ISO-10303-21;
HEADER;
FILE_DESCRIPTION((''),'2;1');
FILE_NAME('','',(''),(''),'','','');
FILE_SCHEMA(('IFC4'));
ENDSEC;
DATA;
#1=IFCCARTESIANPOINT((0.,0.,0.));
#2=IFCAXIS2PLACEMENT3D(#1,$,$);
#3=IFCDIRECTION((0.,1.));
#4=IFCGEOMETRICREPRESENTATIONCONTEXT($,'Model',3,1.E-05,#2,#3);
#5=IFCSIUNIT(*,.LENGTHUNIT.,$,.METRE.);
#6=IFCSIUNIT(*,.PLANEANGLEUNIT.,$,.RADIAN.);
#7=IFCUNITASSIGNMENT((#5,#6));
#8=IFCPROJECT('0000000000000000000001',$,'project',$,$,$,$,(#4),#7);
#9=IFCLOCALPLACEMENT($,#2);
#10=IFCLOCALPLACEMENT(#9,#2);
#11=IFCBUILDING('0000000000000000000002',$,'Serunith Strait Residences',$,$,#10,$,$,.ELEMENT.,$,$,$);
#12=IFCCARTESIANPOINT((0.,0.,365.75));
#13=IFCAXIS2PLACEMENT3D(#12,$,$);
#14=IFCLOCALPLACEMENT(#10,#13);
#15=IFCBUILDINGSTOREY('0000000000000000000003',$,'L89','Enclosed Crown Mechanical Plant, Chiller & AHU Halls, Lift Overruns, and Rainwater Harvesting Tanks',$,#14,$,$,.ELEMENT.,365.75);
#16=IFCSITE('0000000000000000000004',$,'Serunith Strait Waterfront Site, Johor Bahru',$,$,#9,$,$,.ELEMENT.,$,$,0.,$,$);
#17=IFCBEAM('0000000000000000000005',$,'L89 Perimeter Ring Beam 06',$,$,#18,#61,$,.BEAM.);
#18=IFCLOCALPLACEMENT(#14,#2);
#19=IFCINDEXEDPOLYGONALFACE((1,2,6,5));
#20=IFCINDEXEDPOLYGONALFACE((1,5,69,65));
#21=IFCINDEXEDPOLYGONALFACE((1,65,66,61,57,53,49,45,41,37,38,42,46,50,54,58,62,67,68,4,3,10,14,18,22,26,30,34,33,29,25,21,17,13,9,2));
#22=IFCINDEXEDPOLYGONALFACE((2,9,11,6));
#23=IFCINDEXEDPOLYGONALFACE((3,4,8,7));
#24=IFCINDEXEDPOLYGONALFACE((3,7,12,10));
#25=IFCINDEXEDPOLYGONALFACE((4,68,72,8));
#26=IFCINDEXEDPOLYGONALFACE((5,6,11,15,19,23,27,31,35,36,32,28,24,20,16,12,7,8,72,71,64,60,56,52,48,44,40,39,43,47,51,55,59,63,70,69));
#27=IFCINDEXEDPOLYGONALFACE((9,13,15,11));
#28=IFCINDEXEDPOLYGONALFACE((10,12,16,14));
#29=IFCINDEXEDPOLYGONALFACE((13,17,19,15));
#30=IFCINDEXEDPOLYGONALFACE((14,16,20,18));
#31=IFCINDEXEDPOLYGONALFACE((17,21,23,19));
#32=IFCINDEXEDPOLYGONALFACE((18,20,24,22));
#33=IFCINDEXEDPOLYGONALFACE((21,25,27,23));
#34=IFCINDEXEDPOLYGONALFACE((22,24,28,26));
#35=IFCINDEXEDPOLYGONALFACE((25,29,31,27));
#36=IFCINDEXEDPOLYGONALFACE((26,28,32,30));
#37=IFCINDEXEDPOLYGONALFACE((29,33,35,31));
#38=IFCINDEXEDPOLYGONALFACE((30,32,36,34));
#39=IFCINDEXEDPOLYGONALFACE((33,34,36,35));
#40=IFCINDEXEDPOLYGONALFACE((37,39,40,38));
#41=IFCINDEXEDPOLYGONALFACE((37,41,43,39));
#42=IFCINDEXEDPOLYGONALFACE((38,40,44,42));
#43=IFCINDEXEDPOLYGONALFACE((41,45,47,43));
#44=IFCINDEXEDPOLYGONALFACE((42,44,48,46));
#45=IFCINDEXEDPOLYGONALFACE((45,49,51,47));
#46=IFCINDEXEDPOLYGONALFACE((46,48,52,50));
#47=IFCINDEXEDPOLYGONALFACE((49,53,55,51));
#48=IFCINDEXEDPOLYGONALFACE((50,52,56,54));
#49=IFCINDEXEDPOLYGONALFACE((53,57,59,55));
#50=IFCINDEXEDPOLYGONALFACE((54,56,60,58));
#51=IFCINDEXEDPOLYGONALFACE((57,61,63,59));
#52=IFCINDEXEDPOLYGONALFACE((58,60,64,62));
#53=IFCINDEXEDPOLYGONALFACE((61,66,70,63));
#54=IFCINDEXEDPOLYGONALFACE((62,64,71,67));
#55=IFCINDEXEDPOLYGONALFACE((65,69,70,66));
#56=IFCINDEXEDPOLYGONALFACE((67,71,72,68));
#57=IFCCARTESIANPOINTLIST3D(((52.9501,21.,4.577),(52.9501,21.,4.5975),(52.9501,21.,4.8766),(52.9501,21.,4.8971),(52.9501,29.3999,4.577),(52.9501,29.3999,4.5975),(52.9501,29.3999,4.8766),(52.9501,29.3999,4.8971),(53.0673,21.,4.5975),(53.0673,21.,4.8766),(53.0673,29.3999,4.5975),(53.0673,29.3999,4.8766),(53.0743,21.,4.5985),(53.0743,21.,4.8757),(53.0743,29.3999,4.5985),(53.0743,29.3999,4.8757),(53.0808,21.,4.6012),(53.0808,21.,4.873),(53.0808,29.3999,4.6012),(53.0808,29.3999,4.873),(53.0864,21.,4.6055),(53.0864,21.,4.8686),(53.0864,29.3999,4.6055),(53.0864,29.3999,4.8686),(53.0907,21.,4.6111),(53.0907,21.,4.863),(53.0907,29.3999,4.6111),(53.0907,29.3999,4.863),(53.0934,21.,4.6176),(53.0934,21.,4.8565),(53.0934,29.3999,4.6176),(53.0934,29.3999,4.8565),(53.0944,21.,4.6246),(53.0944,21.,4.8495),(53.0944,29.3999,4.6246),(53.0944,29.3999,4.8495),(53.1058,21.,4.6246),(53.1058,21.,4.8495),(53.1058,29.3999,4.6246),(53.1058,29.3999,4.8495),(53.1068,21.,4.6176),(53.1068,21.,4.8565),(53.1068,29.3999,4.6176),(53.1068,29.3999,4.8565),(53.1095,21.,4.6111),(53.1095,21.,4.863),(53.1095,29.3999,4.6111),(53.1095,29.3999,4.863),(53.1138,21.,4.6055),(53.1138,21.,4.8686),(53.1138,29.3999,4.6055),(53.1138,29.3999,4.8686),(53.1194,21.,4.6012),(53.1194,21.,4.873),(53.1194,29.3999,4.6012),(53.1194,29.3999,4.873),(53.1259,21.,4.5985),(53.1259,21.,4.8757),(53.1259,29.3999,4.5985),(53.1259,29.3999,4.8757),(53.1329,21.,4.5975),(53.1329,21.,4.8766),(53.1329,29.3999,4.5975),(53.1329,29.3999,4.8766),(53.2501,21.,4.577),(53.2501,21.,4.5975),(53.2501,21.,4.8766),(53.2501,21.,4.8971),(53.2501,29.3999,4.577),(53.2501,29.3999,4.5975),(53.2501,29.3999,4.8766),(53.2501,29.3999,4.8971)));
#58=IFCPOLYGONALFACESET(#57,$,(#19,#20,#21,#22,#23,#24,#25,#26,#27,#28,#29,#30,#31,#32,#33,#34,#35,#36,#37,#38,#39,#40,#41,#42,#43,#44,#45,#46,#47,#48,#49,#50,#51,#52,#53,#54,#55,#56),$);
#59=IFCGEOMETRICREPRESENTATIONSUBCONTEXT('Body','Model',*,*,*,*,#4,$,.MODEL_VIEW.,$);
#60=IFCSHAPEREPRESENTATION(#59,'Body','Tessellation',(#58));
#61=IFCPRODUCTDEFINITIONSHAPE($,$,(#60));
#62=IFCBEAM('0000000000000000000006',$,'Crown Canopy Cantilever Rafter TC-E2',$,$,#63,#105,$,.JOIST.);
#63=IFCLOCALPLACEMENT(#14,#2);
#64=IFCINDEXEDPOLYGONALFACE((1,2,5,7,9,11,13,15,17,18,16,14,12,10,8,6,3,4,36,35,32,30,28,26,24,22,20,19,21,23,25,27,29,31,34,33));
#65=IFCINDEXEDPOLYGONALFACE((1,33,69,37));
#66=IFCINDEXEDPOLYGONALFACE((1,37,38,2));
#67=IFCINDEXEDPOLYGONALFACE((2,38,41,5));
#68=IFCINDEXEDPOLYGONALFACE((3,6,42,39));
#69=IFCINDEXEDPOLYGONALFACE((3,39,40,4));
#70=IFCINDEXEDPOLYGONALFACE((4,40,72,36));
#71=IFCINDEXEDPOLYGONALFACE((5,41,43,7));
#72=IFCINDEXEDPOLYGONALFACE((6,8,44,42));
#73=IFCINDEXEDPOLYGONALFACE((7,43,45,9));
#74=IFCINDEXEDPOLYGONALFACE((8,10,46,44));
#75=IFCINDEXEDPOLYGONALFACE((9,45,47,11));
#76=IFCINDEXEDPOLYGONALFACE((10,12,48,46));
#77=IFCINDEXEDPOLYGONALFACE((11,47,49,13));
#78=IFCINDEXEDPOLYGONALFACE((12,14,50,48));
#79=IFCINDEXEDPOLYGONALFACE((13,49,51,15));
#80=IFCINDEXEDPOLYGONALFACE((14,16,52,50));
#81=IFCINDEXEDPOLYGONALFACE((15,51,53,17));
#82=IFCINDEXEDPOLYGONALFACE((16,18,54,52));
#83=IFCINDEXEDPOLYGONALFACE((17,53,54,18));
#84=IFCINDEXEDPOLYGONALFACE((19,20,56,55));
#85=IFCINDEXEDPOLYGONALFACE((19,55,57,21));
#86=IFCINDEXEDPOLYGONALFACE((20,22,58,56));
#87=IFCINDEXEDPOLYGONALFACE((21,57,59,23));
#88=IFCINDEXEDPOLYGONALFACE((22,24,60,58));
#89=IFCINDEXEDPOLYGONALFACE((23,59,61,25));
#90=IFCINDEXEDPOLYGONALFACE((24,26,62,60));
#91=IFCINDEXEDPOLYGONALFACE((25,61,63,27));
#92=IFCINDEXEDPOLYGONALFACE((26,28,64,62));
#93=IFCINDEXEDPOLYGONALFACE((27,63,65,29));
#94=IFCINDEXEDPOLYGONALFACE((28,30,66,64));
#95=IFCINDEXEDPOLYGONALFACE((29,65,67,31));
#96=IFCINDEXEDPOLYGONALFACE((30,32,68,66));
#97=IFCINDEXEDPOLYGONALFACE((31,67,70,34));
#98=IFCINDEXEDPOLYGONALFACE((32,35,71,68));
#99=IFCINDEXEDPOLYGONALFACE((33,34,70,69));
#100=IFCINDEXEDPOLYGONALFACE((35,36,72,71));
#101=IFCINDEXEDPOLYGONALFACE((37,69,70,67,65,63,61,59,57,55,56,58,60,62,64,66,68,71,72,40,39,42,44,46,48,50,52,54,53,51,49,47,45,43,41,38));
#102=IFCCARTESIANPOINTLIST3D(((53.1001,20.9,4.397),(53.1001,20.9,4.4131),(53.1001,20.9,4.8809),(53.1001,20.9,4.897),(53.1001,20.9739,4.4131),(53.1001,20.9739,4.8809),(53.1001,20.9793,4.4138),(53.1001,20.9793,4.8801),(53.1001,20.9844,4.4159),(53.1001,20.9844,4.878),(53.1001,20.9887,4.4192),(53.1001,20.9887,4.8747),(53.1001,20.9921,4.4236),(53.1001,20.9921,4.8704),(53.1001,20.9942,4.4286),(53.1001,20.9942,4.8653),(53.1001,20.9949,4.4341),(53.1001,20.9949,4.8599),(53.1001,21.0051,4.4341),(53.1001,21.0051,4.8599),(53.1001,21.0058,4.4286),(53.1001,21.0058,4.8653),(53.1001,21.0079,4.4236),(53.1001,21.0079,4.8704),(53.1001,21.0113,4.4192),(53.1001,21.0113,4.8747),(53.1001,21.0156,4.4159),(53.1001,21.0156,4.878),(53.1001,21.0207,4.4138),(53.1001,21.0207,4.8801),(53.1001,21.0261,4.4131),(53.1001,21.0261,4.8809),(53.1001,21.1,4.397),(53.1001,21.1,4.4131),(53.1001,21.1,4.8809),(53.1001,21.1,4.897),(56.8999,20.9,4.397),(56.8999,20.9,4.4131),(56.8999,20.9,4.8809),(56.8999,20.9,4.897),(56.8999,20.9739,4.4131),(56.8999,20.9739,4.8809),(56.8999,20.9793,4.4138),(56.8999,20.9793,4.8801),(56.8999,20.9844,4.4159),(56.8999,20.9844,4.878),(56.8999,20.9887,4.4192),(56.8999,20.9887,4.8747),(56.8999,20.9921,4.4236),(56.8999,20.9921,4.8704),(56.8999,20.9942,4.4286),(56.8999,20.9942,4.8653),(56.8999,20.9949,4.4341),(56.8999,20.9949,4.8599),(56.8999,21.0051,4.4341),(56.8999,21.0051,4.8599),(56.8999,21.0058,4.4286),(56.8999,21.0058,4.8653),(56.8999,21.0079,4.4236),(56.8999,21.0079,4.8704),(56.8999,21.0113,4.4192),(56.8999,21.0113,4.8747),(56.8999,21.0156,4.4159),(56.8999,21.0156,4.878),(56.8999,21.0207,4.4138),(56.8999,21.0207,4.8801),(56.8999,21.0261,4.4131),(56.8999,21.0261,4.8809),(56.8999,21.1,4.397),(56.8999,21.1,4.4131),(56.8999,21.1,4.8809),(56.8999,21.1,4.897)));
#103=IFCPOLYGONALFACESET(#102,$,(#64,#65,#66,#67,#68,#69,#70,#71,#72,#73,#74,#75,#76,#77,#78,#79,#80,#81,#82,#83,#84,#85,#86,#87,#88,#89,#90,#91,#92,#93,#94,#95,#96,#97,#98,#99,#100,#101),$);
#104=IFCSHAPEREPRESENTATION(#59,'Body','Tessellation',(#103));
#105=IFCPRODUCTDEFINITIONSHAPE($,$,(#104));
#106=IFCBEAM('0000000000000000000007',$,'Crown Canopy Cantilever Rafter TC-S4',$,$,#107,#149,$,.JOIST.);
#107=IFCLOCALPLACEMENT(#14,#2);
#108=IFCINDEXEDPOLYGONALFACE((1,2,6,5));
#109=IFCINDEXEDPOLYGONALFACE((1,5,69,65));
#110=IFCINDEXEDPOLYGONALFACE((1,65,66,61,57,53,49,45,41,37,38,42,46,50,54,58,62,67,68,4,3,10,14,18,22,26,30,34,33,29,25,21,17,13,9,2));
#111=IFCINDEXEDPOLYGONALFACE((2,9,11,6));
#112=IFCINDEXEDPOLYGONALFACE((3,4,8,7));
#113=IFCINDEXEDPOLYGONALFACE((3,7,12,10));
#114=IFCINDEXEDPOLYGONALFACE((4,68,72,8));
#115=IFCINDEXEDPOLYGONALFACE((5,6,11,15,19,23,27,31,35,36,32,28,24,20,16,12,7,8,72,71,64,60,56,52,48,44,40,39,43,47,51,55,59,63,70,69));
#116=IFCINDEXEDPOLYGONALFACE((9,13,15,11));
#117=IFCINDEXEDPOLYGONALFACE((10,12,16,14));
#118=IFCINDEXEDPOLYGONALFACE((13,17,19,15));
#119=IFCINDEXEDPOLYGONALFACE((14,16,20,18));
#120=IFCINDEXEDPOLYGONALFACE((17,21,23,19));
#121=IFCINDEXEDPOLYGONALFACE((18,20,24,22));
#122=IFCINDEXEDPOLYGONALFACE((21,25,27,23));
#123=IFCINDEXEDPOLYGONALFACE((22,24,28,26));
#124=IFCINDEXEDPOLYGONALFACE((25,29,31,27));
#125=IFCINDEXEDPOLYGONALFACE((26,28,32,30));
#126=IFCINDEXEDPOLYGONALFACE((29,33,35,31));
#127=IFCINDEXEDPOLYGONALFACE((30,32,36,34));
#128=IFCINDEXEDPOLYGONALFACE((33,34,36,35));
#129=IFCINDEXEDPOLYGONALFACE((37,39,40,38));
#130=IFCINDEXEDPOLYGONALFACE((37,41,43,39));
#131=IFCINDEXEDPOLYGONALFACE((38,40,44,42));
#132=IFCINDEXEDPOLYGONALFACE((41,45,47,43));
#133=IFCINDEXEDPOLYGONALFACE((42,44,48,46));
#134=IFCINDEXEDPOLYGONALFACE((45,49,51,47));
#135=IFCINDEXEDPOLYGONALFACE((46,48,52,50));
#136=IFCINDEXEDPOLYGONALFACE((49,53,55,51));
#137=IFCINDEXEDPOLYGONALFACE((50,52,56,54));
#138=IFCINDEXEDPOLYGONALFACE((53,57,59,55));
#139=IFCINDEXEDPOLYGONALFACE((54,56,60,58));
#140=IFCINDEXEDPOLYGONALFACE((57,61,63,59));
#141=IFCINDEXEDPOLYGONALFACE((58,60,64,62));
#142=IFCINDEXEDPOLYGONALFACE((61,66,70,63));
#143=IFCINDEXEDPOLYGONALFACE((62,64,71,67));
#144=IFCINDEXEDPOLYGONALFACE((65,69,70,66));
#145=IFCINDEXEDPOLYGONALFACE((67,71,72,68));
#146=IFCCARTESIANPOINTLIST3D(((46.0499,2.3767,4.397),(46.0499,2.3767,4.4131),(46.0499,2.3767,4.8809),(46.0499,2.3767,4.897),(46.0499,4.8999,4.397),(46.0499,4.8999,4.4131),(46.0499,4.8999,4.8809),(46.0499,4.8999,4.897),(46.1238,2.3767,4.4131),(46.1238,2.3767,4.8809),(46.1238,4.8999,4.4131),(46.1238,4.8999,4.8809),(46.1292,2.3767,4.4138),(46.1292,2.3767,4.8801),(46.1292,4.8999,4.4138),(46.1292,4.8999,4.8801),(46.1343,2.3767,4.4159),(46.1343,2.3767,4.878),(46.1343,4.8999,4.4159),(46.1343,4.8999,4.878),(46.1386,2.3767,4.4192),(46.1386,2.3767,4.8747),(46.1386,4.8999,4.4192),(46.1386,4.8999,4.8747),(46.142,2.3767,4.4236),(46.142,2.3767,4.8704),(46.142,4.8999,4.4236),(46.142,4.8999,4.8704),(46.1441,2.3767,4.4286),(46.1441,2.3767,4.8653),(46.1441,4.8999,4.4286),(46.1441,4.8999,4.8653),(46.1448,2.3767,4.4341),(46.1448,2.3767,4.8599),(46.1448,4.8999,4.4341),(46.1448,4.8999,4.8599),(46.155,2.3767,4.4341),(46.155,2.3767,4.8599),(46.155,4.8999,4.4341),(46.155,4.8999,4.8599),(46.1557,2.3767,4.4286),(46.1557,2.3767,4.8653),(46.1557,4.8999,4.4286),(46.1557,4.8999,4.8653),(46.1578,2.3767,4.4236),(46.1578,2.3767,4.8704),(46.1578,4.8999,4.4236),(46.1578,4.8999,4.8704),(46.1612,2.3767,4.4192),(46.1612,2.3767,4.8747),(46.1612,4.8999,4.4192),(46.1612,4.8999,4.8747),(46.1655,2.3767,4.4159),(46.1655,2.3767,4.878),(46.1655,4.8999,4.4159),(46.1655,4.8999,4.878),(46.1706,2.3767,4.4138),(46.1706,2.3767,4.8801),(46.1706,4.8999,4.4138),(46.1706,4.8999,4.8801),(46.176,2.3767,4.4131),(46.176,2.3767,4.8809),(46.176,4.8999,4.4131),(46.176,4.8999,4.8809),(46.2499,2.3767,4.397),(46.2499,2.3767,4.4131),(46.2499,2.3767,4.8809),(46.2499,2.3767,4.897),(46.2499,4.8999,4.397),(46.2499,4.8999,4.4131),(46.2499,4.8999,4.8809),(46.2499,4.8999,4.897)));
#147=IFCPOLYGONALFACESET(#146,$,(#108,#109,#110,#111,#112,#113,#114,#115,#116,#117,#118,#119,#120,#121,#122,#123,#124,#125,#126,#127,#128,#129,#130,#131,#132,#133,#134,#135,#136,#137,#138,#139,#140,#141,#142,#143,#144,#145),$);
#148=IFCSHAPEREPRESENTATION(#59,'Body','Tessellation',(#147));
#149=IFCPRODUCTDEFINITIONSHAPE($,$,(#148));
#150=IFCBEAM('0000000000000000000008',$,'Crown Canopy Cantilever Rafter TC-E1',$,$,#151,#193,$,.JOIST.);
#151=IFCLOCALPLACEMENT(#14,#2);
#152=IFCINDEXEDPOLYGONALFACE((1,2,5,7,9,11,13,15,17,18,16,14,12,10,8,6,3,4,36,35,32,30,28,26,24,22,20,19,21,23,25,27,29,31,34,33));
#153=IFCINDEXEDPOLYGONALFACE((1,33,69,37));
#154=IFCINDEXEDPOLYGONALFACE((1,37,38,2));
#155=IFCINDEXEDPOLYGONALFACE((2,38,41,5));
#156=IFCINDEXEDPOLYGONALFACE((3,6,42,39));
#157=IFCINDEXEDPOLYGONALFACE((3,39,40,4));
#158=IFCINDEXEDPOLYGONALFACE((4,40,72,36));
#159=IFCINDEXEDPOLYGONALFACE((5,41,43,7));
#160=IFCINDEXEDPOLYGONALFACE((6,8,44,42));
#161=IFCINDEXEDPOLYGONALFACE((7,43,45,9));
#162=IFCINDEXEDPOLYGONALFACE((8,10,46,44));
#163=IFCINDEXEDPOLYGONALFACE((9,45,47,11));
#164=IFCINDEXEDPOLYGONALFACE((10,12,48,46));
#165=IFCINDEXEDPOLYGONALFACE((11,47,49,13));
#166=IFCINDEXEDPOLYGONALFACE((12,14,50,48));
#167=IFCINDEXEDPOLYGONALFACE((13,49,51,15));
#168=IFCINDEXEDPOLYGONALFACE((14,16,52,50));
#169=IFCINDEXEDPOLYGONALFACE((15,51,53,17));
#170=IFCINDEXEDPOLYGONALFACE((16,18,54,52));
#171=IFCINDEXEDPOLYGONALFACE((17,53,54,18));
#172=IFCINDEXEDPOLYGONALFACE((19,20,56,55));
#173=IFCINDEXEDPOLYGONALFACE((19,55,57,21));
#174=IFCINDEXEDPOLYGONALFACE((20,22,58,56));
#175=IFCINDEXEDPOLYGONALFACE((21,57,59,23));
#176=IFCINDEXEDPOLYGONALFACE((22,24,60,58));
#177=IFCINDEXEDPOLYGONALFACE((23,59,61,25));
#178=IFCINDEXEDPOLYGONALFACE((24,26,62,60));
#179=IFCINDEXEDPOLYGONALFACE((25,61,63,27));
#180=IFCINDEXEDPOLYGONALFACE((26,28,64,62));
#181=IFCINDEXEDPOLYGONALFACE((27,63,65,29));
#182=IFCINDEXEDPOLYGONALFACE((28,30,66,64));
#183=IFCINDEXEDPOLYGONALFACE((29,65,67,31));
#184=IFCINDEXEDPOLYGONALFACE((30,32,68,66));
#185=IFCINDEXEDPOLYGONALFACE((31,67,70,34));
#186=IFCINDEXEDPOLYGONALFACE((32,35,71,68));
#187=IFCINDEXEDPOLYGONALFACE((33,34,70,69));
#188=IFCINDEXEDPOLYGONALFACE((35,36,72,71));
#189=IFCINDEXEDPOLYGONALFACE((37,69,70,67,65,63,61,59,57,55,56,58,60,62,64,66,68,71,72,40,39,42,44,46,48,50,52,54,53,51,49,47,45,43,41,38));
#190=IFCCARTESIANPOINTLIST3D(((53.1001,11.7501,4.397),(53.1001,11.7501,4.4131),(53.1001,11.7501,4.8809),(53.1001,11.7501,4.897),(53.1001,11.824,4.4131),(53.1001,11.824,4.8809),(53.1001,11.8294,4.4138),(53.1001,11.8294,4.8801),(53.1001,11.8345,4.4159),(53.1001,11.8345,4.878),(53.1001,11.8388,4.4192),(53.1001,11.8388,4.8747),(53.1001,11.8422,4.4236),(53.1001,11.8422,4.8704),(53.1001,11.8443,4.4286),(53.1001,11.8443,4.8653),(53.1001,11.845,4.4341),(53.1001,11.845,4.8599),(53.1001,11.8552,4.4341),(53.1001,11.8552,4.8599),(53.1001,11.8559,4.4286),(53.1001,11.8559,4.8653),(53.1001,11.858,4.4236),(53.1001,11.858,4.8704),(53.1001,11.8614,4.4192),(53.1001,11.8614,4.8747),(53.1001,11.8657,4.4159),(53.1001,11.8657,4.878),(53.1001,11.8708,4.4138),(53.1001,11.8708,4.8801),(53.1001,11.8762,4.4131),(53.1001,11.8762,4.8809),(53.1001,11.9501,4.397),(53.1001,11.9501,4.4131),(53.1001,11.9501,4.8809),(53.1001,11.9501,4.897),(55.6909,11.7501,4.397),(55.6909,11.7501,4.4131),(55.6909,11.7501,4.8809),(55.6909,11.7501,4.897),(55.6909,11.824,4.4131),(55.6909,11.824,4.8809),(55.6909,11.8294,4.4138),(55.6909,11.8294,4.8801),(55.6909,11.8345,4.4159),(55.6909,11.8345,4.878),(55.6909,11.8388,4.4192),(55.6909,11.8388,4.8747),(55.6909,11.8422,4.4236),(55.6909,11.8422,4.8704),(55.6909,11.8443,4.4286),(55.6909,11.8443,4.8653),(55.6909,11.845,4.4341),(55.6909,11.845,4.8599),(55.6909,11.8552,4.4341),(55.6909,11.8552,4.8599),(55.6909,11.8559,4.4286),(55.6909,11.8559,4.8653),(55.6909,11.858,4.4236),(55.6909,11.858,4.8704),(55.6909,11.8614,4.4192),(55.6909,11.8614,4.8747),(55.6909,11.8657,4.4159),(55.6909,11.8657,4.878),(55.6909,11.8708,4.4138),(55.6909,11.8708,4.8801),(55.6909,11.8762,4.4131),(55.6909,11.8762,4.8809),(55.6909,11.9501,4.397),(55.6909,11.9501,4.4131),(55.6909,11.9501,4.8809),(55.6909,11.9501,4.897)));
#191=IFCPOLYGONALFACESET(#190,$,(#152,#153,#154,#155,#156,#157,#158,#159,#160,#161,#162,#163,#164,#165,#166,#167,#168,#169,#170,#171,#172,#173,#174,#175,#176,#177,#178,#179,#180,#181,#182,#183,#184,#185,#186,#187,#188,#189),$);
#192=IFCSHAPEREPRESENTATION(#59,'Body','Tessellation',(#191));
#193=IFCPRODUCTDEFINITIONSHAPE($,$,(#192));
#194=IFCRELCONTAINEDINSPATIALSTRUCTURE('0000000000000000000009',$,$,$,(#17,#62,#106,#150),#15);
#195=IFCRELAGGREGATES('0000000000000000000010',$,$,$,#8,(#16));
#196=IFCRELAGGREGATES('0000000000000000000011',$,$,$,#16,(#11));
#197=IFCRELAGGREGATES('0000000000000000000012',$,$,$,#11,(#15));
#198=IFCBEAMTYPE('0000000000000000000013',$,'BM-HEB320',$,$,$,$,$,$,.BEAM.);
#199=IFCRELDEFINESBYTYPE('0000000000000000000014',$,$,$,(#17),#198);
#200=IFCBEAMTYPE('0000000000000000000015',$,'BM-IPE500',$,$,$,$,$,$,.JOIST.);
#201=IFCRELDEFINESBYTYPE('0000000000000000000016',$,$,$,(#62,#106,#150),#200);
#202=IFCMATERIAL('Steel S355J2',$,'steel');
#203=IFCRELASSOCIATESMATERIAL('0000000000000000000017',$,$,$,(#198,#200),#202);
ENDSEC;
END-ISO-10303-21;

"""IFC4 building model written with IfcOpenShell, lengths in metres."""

from ifc_helpers import new_model, si_unit, direction, frame, origin, origin_2d, place, context, subcontext, project, spatial, i_section, extrude, source, transform, mapped, material, material_profile, profile_set, type_object, element, save


model = new_model("IFC4")

# Units and contexts
model_context = context("Model", 3, precision=1e-05, world=origin(), true_north=direction((0.0, 1.0)))
body_context = subcontext(model_context, "Body", "Model", "MODEL_VIEW")
ifc_project = project(units=[si_unit("LENGTHUNIT", "METRE"), si_unit("PLANEANGLEUNIT", "RADIAN")], contexts=[model_context])

# Site, building, storey
site_placement = place(None, origin())
site = spatial("IfcSite", under=ifc_project, at=site_placement, Name="Serunith Strait Waterfront Site, Johor Bahru", CompositionType="ELEMENT", RefElevation=0.0)
building_placement = place(site_placement, origin())
building = spatial("IfcBuilding", under=site, at=building_placement, Name="Serunith Strait Residences", CompositionType="ELEMENT")
storey_placement = place(building_placement, frame((0.0, 0.0, 365.75)))
storey = spatial("IfcBuildingStorey", under=building, at=storey_placement, Name="L89", Description="Enclosed Crown Mechanical Plant, Chiller & AHU Halls, Lift Overruns, and Rainwater Harvesting Tanks", CompositionType="ELEMENT", Elevation=365.75)

# Beams
ifc_material_1 = material(Name="Steel S355J2", Category="steel")
ifc_material_profile_1 = material_profile(ifc_material_1, i_section(OverallWidth=0.3, OverallDepth=0.3201, WebThickness=0.0115, FlangeThickness=0.0205, FilletRadius=0.0271, at=origin_2d()), Name="HEB 320")
ifc_profile_set_1 = profile_set([ifc_material_profile_1], Name="Steel S355J2")
beam_type_1 = type_object("IfcBeamType", Name="BM-HEB320", PredefinedType="BEAM", material=ifc_profile_set_1)
shared_shape_1 = source(origin(), body_context, "Body", "SweptSolid", [
    extrude(i_section(OverallWidth=0.3, OverallDepth=0.3201, WebThickness=0.0115, FlangeThickness=0.0205, FilletRadius=0.0271, at=origin_2d()), origin(), (0.0, 0.0, 1.0), 8.3999),
])
beam_1_placement = place(storey_placement, frame((53.1001, 21.0, 4.7371), z_axis=(0.0, 1.0, 0.0), x_axis=(-1.0, 0.0, 0.0)))
element("IfcBeam", 1, at=beam_1_placement, inside=storey, type_object=beam_type_1, Name="L89 Perimeter Ring Beam 06", PredefinedType="BEAM", context=body_context, shape_type="MappedRepresentation", body=[
    mapped(shared_shape_1, transform((0.0, 0.0, 0.0), scale=1.0)),
])
ifc_material_profile_2 = material_profile(ifc_material_1, i_section(OverallWidth=0.2, OverallDepth=0.5, WebThickness=0.0103, FlangeThickness=0.0161, FilletRadius=0.021, at=origin_2d()), Name="IPE 500")
ifc_profile_set_2 = profile_set([ifc_material_profile_2], Name="Steel S355J2")
beam_type_2 = type_object("IfcBeamType", Name="BM-IPE500", PredefinedType="JOIST", material=ifc_profile_set_2)
shared_shape_2 = source(origin(), body_context, "Body", "SweptSolid", [
    extrude(i_section(OverallWidth=0.2, OverallDepth=0.5, WebThickness=0.0103, FlangeThickness=0.0161, FilletRadius=0.021, at=origin_2d()), origin(), (0.0, 0.0, 1.0), 3.7998),
])
beam_2_placement = place(storey_placement, frame((53.1001, 21.0, 4.647), z_axis=(1.0, 0.0, 0.0), x_axis=(0.0, 1.0, 0.0)))
element("IfcBeam", 2, at=beam_2_placement, inside=storey, type_object=beam_type_2, Name="Crown Canopy Cantilever Rafter TC-E2", PredefinedType="JOIST", context=body_context, shape_type="MappedRepresentation", body=[
    mapped(shared_shape_2, transform((0.0, 0.0, 0.0), scale=1.0)),
])
shared_shape_3 = source(origin(), body_context, "Body", "SweptSolid", [
    extrude(i_section(OverallWidth=0.2, OverallDepth=0.5, WebThickness=0.0103, FlangeThickness=0.0161, FilletRadius=0.021, at=origin_2d()), origin(), (0.0, 0.0, 1.0), 2.5232),
])
beam_3_placement = place(storey_placement, frame((46.1499, 4.8999, 4.647), z_axis=(0.0, -1.0, 0.0), x_axis=(1.0, 0.0, 0.0)))
element("IfcBeam", 3, at=beam_3_placement, inside=storey, type_object=beam_type_2, Name="Crown Canopy Cantilever Rafter TC-S4", PredefinedType="JOIST", context=body_context, shape_type="MappedRepresentation", body=[
    mapped(shared_shape_3, transform((0.0, 0.0, 0.0), scale=1.0)),
])
shared_shape_4 = source(origin(), body_context, "Body", "SweptSolid", [
    extrude(i_section(OverallWidth=0.2, OverallDepth=0.5, WebThickness=0.0103, FlangeThickness=0.0161, FilletRadius=0.021, at=origin_2d()), origin(), (0.0, 0.0, 1.0), 2.5908),
])
beam_4_placement = place(storey_placement, frame((53.1001, 11.8501, 4.647), z_axis=(1.0, 0.0, 0.0), x_axis=(0.0, 1.0, 0.0)))
element("IfcBeam", 4, at=beam_4_placement, inside=storey, type_object=beam_type_2, Name="Crown Canopy Cantilever Rafter TC-E1", PredefinedType="JOIST", context=body_context, shape_type="MappedRepresentation", body=[
    mapped(shared_shape_4, transform((0.0, 0.0, 0.0), scale=1.0)),
])

save(model, "model.ifc")
